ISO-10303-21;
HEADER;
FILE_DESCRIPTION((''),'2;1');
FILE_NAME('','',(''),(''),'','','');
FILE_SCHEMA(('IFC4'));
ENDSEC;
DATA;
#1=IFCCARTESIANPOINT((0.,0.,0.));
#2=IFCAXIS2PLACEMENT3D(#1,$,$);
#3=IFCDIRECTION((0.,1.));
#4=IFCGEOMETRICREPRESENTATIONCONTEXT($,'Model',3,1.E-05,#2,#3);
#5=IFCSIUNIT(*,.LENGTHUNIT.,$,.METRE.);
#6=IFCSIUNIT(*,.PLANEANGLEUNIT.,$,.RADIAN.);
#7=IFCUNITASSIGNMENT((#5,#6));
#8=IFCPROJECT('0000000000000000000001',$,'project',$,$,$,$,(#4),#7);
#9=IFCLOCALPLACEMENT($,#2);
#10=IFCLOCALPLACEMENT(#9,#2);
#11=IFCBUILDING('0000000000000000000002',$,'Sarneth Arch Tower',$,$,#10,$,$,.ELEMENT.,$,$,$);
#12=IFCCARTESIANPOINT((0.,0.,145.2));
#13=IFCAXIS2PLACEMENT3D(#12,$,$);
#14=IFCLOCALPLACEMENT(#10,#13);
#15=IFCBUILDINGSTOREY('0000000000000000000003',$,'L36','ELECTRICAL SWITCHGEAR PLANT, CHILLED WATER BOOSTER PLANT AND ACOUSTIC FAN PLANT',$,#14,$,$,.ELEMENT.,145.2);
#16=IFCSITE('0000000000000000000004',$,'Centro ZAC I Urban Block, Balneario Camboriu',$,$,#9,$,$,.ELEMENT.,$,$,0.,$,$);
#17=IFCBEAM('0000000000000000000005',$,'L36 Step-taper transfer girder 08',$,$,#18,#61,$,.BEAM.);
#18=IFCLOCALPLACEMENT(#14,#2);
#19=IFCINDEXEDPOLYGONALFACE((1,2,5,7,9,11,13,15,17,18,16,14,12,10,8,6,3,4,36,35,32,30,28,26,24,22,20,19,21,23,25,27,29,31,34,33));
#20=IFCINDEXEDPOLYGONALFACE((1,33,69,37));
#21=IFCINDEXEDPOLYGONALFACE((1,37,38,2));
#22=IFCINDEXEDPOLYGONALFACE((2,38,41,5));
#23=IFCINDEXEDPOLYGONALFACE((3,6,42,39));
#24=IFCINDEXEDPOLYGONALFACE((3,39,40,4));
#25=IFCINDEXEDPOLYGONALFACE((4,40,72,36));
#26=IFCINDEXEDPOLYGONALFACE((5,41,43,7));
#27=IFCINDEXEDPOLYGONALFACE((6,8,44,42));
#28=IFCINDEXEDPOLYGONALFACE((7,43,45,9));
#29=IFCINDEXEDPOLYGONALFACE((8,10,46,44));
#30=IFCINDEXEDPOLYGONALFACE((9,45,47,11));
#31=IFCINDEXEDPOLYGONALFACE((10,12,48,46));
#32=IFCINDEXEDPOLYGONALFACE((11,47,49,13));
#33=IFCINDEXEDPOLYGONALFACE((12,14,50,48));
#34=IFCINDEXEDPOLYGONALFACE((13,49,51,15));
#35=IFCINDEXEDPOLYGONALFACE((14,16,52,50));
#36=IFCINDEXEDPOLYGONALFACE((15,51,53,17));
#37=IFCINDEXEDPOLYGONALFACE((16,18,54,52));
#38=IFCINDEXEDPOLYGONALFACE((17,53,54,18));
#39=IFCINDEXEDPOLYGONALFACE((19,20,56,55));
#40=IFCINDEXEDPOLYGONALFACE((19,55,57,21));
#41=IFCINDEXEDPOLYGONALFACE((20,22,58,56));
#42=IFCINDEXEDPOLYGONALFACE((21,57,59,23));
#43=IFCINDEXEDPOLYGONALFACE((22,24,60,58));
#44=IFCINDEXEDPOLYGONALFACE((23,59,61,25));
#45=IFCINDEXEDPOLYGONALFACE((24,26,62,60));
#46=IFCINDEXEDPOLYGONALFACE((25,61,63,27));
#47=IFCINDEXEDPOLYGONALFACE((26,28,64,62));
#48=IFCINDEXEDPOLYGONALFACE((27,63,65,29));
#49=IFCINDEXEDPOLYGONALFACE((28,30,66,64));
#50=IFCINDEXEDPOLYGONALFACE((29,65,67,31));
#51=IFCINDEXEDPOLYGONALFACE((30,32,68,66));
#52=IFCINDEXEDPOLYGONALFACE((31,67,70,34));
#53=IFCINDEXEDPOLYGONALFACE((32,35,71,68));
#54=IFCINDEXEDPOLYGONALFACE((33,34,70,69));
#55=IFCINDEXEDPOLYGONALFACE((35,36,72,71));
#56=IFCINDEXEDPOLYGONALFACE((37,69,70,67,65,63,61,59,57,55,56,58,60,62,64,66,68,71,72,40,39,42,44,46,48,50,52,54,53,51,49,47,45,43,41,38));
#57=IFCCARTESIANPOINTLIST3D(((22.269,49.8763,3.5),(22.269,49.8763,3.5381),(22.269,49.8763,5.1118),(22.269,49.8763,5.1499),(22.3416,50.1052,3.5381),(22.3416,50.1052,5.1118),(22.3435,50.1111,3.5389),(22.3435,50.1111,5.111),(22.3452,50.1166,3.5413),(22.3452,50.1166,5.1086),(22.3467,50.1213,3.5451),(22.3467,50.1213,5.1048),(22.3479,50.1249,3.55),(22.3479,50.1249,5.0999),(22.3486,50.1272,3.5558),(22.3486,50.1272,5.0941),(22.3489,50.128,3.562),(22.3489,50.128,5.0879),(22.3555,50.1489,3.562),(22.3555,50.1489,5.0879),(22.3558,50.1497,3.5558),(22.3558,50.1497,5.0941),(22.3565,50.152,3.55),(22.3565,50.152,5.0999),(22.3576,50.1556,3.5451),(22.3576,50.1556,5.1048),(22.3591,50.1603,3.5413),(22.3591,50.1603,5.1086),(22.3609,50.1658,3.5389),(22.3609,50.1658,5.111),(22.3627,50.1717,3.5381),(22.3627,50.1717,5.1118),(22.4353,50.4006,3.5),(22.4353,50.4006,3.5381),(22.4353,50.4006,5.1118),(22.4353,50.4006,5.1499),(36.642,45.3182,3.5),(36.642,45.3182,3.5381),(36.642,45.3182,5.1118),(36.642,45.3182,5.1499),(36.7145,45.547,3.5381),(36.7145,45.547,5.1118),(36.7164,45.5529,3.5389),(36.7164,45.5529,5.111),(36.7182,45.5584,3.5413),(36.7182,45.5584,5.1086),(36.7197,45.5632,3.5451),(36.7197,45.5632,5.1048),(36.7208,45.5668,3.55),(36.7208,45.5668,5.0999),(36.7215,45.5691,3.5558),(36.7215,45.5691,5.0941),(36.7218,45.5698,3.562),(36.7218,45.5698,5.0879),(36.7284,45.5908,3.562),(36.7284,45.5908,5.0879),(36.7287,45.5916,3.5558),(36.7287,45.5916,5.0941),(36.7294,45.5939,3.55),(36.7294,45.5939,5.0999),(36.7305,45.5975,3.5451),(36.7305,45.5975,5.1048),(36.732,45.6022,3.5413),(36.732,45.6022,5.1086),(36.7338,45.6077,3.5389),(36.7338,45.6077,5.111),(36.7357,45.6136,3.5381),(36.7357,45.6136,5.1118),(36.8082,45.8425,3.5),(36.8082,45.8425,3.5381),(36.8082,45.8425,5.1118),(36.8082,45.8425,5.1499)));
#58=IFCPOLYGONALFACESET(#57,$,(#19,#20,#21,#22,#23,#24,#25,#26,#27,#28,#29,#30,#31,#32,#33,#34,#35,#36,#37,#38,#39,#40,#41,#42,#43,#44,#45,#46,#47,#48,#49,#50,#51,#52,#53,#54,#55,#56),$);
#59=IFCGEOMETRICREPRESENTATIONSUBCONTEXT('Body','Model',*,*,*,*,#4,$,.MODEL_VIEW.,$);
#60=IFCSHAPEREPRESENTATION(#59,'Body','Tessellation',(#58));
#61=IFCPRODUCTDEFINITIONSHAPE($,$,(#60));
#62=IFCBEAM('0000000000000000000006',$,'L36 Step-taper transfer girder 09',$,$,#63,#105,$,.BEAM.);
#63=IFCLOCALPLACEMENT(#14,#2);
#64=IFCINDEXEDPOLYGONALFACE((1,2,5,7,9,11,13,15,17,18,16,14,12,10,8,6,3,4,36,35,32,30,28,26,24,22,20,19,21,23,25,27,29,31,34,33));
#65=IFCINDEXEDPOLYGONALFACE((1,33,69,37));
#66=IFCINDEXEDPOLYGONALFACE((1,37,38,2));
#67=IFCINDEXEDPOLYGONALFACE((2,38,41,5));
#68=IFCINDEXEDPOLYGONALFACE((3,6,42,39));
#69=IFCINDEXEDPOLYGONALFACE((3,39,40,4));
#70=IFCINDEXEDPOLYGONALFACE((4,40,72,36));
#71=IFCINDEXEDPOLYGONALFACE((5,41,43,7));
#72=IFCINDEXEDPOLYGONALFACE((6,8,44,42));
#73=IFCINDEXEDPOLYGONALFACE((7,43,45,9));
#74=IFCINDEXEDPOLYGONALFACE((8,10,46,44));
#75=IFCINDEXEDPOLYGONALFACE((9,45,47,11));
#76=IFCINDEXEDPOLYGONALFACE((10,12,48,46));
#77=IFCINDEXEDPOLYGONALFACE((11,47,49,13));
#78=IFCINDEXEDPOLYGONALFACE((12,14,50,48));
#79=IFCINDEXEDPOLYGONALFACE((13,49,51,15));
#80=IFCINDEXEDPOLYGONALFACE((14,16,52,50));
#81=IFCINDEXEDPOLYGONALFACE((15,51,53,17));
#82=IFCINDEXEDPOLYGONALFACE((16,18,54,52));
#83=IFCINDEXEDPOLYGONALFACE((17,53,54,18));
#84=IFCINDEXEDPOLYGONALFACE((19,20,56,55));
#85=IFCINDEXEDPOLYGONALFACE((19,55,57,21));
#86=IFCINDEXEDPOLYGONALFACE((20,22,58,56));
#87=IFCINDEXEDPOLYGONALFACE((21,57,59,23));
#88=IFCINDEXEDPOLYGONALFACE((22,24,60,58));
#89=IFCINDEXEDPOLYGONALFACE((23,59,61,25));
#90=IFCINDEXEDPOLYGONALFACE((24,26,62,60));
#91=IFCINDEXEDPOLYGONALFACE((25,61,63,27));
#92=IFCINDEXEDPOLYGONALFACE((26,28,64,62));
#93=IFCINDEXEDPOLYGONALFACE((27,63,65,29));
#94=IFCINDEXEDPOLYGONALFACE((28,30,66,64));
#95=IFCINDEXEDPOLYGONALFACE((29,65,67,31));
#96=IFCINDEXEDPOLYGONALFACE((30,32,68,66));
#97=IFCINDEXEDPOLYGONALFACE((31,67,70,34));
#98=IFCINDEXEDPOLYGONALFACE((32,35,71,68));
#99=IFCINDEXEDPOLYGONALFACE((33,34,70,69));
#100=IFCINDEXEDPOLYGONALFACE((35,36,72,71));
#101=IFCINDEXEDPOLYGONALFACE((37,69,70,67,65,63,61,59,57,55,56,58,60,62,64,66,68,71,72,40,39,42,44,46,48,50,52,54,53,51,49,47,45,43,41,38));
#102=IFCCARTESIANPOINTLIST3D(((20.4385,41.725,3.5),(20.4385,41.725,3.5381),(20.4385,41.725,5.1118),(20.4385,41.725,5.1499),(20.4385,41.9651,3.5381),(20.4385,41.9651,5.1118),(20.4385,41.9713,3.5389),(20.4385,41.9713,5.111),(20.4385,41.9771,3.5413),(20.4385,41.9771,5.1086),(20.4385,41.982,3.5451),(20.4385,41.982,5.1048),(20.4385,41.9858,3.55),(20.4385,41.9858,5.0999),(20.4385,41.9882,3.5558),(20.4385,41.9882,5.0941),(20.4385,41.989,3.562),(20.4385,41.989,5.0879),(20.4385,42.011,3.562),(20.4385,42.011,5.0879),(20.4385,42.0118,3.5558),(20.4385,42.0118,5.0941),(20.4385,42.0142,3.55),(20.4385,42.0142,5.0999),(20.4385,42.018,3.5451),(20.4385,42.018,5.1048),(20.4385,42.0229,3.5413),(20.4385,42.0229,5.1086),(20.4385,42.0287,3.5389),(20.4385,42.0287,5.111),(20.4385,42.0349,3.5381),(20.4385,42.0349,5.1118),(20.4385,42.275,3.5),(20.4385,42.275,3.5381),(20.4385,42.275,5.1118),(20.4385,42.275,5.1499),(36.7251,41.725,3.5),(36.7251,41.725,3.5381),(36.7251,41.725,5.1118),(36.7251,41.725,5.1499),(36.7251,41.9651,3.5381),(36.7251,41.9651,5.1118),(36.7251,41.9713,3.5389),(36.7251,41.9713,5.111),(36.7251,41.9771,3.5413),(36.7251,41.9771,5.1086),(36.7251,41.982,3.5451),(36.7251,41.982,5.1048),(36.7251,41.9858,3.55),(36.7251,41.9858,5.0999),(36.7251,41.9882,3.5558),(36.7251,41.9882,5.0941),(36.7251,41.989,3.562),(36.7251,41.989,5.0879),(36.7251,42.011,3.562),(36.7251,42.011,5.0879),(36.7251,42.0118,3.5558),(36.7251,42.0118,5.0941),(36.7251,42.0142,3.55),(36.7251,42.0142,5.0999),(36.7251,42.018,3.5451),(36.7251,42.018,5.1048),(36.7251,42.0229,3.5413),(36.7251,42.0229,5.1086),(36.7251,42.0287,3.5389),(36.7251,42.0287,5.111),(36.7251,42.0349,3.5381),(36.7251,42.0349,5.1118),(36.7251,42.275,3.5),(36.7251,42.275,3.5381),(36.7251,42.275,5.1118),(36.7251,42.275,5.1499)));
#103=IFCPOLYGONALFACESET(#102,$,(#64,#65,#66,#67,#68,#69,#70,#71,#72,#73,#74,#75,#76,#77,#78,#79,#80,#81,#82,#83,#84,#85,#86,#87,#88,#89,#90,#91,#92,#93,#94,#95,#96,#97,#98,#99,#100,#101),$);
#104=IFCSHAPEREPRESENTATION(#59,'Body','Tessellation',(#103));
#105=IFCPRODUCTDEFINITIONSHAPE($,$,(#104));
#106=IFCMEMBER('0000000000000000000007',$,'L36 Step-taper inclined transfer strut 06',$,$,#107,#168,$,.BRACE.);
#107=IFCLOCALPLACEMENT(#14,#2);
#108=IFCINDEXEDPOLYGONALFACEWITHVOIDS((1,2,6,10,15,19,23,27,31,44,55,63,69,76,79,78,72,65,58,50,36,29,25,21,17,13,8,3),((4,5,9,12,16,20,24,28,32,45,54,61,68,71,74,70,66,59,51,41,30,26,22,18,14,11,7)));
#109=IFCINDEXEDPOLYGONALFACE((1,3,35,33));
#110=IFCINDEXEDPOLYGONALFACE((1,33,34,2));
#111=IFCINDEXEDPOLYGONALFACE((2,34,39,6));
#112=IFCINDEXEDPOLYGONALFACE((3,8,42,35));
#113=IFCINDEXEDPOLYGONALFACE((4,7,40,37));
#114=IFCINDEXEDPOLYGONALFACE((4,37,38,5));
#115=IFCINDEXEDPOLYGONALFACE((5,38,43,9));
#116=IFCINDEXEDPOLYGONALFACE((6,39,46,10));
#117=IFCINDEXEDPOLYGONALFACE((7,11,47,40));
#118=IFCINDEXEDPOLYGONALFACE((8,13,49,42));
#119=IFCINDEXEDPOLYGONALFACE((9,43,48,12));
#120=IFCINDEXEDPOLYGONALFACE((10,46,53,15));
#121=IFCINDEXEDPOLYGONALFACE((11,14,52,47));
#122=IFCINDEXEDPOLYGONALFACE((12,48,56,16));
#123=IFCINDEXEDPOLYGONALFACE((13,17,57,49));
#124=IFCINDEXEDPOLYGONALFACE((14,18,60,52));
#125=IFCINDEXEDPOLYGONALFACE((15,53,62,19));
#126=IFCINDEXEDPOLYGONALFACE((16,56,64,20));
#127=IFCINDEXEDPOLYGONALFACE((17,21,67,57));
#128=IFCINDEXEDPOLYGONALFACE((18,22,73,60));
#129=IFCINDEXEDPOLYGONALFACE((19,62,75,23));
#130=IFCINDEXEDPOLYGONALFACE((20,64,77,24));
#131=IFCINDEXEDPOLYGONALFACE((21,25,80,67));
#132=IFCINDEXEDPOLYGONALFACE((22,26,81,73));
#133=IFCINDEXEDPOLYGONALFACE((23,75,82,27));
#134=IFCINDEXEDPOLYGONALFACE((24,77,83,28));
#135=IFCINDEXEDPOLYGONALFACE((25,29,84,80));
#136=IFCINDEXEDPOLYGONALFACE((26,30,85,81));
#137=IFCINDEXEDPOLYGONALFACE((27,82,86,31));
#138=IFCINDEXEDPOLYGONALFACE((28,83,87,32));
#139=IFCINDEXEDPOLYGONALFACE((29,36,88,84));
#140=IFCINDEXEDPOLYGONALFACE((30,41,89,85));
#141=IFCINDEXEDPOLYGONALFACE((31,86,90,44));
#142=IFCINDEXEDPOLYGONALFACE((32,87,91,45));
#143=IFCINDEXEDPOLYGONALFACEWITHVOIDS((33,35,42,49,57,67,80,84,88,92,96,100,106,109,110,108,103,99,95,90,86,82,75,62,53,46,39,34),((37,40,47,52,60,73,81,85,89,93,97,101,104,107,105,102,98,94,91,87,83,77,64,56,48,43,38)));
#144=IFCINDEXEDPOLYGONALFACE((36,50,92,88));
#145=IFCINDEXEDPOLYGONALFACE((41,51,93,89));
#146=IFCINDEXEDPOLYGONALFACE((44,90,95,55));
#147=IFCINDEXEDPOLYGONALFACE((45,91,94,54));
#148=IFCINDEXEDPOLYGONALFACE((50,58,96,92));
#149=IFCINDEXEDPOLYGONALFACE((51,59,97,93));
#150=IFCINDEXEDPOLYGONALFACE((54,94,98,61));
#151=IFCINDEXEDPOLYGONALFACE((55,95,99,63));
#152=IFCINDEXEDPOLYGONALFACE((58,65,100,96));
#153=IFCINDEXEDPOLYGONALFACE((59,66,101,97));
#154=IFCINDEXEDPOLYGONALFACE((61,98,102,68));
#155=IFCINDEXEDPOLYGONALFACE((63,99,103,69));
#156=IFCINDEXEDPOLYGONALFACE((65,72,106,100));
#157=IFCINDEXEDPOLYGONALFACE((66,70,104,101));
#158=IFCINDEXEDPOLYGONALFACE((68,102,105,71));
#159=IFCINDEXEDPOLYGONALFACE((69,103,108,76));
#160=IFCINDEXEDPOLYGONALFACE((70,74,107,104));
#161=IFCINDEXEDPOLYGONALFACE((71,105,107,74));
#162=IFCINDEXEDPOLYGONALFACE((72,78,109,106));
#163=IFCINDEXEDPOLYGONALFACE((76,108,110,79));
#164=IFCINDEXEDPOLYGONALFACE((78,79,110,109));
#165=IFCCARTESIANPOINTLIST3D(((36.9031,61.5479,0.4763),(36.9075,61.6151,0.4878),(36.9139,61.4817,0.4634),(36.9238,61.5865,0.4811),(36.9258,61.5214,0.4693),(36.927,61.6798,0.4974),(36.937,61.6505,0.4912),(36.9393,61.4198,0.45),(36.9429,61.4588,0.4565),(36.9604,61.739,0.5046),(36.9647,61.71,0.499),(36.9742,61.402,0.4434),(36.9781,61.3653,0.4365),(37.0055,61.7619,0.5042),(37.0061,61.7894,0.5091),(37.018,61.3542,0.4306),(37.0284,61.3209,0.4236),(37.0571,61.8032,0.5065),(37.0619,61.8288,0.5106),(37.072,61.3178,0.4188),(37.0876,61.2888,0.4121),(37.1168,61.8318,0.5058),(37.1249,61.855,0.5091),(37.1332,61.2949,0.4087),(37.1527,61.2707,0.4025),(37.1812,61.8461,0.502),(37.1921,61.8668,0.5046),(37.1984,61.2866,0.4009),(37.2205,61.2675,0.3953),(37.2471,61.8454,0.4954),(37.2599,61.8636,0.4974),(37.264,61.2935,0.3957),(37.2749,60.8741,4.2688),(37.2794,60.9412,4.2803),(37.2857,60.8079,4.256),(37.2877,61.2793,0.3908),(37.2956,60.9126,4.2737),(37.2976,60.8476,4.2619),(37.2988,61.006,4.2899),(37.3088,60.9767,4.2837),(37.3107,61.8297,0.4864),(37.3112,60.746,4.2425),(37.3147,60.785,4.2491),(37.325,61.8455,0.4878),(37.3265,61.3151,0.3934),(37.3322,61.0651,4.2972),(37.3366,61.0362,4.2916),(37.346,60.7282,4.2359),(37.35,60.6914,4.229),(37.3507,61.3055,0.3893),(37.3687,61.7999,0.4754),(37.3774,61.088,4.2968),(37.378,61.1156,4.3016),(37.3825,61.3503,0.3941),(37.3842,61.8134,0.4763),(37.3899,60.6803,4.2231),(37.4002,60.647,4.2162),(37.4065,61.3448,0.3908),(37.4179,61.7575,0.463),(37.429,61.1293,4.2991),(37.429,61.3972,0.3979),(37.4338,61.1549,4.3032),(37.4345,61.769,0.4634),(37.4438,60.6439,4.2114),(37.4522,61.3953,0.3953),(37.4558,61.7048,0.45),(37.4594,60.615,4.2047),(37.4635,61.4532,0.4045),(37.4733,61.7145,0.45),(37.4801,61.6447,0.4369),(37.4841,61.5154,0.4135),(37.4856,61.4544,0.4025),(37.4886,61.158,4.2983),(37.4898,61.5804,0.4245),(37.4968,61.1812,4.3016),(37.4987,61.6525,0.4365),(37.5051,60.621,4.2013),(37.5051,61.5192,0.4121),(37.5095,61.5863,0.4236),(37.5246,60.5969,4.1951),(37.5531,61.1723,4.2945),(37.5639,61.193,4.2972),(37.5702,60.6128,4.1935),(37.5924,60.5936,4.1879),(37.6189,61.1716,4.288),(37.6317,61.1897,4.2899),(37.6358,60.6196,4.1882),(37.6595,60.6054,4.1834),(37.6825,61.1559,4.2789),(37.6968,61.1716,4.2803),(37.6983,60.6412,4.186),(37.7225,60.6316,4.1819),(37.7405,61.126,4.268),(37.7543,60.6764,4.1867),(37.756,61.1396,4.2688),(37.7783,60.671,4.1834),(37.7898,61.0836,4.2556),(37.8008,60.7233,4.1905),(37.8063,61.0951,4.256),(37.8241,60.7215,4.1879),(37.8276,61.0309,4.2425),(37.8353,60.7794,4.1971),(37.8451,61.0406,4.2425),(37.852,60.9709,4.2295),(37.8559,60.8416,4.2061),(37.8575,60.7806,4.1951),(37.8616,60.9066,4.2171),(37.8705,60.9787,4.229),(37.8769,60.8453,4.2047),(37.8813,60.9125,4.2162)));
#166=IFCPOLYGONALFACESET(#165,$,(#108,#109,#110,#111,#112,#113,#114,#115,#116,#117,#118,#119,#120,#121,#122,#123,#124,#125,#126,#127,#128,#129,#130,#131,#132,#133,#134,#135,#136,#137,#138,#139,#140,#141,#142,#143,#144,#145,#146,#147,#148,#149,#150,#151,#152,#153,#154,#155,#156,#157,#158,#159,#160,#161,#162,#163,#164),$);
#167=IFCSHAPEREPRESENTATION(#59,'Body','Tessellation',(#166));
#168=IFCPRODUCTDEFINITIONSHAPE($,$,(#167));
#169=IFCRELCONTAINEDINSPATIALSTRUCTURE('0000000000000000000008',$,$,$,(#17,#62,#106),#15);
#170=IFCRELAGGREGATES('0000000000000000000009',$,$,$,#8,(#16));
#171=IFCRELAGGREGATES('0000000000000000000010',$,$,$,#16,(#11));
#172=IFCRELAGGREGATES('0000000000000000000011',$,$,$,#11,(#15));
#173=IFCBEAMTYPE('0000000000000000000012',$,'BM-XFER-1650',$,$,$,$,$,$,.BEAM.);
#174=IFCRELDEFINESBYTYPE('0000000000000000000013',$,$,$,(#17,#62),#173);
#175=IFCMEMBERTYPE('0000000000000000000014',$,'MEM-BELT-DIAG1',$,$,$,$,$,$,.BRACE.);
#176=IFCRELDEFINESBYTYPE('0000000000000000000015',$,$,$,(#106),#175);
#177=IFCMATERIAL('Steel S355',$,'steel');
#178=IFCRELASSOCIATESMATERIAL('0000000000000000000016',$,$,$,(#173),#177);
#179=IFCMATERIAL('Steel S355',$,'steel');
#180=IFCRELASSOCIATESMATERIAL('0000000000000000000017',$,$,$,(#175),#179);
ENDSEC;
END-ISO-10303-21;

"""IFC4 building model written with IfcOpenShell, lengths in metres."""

from ifc_helpers import new_model, si_unit, direction, frame, origin, origin_2d, place, context, subcontext, project, spatial, hollow_circle, i_section, extrude, material, material_profile, profile_set, type_object, element, save


model = new_model("IFC4")

# Units and contexts
model_context = context("Model", 3, precision=1e-05, world=origin(), true_north=direction((0.0, 1.0)))
body_context = subcontext(model_context, "Body", "Model", "MODEL_VIEW")
ifc_project = project(units=[si_unit("LENGTHUNIT", "METRE"), si_unit("PLANEANGLEUNIT", "RADIAN")], contexts=[model_context])

# Site, building, storey
site_placement = place(None, origin())
site = spatial("IfcSite", under=ifc_project, at=site_placement, Name="Centro ZAC I Urban Block, Balneario Camboriu", CompositionType="ELEMENT", RefElevation=0.0)
building_placement = place(site_placement, origin())
building = spatial("IfcBuilding", under=site, at=building_placement, Name="Sarneth Arch Tower", CompositionType="ELEMENT")
storey_placement = place(building_placement, frame((0.0, 0.0, 145.2)))
storey = spatial("IfcBuildingStorey", under=building, at=storey_placement, Name="L36", Description="ELECTRICAL SWITCHGEAR PLANT, CHILLED WATER BOOSTER PLANT AND ACOUSTIC FAN PLANT", CompositionType="ELEMENT", Elevation=145.2)

# Beams
ifc_material_1 = material(Name="Steel S355", Category="steel")
ifc_material_profile_1 = material_profile(ifc_material_1, i_section(OverallWidth=0.55, OverallDepth=1.6499, WebThickness=0.022, FlangeThickness=0.0381, FilletRadius=0.0239, at=origin_2d()), Name="CVS1650x680")
ifc_profile_set_1 = profile_set([ifc_material_profile_1], Name="Steel S355")
beam_type_1 = type_object("IfcBeamType", Name="BM-XFER-1650", PredefinedType="BEAM", material=ifc_profile_set_1)
beam_1_placement = place(storey_placement, frame((36.7251, 45.5803, 4.325), z_axis=(-0.953214, 0.302297, 0.0), x_axis=(-0.302297, -0.953214, 0.0)))
element("IfcBeam", 1, at=beam_1_placement, inside=storey, type_object=beam_type_1, Name="L36 Step-taper transfer girder 08", PredefinedType="BEAM", context=body_context, shape_type="SweptSolid", body=[
    extrude(i_section(OverallWidth=0.55, OverallDepth=1.6499, WebThickness=0.022, FlangeThickness=0.0381, FilletRadius=0.0239, at=origin_2d()), origin(), (0.0, 0.0, 1.0), 15.0784),
])
beam_2_placement = place(storey_placement, frame((36.7251, 42.0, 4.325), z_axis=(-1.0, 0.0, 0.0), x_axis=(0.0, -1.0, 0.0)))
element("IfcBeam", 2, at=beam_2_placement, inside=storey, type_object=beam_type_1, Name="L36 Step-taper transfer girder 09", PredefinedType="BEAM", context=body_context, shape_type="SweptSolid", body=[
    extrude(i_section(OverallWidth=0.55, OverallDepth=1.6499, WebThickness=0.022, FlangeThickness=0.0381, FilletRadius=0.0239, at=origin_2d()), origin(), (0.0, 0.0, 1.0), 16.2866),
])

# Member
ifc_material_2 = material(Name="Steel S355", Category="steel")
ifc_material_profile_2 = material_profile(ifc_material_2, hollow_circle(Radius=0.3049, WallThickness=0.02, at=origin_2d()), Name="CHS610x20")
ifc_profile_set_2 = profile_set([ifc_material_profile_2], Name="Steel S355")
member_type_1 = type_object("IfcMemberType", Name="MEM-BELT-DIAG1", PredefinedType="BRACE", material=ifc_profile_set_2)
member_1_placement = place(storey_placement, frame((37.2063, 61.5671, 0.45), z_axis=(0.096085, -0.174126, 0.980025), x_axis=(0.875545, 0.483136, 0.0)))
element("IfcMember", 3, at=member_1_placement, inside=storey, type_object=member_type_1, Name="L36 Step-taper inclined transfer strut 06", PredefinedType="BRACE", context=body_context, shape_type="SweptSolid", body=[
    extrude(hollow_circle(Radius=0.3049, WallThickness=0.02, at=origin_2d()), origin(), (0.0, 0.0, 1.0), 3.8699),
])

save(model, "model.ifc")
